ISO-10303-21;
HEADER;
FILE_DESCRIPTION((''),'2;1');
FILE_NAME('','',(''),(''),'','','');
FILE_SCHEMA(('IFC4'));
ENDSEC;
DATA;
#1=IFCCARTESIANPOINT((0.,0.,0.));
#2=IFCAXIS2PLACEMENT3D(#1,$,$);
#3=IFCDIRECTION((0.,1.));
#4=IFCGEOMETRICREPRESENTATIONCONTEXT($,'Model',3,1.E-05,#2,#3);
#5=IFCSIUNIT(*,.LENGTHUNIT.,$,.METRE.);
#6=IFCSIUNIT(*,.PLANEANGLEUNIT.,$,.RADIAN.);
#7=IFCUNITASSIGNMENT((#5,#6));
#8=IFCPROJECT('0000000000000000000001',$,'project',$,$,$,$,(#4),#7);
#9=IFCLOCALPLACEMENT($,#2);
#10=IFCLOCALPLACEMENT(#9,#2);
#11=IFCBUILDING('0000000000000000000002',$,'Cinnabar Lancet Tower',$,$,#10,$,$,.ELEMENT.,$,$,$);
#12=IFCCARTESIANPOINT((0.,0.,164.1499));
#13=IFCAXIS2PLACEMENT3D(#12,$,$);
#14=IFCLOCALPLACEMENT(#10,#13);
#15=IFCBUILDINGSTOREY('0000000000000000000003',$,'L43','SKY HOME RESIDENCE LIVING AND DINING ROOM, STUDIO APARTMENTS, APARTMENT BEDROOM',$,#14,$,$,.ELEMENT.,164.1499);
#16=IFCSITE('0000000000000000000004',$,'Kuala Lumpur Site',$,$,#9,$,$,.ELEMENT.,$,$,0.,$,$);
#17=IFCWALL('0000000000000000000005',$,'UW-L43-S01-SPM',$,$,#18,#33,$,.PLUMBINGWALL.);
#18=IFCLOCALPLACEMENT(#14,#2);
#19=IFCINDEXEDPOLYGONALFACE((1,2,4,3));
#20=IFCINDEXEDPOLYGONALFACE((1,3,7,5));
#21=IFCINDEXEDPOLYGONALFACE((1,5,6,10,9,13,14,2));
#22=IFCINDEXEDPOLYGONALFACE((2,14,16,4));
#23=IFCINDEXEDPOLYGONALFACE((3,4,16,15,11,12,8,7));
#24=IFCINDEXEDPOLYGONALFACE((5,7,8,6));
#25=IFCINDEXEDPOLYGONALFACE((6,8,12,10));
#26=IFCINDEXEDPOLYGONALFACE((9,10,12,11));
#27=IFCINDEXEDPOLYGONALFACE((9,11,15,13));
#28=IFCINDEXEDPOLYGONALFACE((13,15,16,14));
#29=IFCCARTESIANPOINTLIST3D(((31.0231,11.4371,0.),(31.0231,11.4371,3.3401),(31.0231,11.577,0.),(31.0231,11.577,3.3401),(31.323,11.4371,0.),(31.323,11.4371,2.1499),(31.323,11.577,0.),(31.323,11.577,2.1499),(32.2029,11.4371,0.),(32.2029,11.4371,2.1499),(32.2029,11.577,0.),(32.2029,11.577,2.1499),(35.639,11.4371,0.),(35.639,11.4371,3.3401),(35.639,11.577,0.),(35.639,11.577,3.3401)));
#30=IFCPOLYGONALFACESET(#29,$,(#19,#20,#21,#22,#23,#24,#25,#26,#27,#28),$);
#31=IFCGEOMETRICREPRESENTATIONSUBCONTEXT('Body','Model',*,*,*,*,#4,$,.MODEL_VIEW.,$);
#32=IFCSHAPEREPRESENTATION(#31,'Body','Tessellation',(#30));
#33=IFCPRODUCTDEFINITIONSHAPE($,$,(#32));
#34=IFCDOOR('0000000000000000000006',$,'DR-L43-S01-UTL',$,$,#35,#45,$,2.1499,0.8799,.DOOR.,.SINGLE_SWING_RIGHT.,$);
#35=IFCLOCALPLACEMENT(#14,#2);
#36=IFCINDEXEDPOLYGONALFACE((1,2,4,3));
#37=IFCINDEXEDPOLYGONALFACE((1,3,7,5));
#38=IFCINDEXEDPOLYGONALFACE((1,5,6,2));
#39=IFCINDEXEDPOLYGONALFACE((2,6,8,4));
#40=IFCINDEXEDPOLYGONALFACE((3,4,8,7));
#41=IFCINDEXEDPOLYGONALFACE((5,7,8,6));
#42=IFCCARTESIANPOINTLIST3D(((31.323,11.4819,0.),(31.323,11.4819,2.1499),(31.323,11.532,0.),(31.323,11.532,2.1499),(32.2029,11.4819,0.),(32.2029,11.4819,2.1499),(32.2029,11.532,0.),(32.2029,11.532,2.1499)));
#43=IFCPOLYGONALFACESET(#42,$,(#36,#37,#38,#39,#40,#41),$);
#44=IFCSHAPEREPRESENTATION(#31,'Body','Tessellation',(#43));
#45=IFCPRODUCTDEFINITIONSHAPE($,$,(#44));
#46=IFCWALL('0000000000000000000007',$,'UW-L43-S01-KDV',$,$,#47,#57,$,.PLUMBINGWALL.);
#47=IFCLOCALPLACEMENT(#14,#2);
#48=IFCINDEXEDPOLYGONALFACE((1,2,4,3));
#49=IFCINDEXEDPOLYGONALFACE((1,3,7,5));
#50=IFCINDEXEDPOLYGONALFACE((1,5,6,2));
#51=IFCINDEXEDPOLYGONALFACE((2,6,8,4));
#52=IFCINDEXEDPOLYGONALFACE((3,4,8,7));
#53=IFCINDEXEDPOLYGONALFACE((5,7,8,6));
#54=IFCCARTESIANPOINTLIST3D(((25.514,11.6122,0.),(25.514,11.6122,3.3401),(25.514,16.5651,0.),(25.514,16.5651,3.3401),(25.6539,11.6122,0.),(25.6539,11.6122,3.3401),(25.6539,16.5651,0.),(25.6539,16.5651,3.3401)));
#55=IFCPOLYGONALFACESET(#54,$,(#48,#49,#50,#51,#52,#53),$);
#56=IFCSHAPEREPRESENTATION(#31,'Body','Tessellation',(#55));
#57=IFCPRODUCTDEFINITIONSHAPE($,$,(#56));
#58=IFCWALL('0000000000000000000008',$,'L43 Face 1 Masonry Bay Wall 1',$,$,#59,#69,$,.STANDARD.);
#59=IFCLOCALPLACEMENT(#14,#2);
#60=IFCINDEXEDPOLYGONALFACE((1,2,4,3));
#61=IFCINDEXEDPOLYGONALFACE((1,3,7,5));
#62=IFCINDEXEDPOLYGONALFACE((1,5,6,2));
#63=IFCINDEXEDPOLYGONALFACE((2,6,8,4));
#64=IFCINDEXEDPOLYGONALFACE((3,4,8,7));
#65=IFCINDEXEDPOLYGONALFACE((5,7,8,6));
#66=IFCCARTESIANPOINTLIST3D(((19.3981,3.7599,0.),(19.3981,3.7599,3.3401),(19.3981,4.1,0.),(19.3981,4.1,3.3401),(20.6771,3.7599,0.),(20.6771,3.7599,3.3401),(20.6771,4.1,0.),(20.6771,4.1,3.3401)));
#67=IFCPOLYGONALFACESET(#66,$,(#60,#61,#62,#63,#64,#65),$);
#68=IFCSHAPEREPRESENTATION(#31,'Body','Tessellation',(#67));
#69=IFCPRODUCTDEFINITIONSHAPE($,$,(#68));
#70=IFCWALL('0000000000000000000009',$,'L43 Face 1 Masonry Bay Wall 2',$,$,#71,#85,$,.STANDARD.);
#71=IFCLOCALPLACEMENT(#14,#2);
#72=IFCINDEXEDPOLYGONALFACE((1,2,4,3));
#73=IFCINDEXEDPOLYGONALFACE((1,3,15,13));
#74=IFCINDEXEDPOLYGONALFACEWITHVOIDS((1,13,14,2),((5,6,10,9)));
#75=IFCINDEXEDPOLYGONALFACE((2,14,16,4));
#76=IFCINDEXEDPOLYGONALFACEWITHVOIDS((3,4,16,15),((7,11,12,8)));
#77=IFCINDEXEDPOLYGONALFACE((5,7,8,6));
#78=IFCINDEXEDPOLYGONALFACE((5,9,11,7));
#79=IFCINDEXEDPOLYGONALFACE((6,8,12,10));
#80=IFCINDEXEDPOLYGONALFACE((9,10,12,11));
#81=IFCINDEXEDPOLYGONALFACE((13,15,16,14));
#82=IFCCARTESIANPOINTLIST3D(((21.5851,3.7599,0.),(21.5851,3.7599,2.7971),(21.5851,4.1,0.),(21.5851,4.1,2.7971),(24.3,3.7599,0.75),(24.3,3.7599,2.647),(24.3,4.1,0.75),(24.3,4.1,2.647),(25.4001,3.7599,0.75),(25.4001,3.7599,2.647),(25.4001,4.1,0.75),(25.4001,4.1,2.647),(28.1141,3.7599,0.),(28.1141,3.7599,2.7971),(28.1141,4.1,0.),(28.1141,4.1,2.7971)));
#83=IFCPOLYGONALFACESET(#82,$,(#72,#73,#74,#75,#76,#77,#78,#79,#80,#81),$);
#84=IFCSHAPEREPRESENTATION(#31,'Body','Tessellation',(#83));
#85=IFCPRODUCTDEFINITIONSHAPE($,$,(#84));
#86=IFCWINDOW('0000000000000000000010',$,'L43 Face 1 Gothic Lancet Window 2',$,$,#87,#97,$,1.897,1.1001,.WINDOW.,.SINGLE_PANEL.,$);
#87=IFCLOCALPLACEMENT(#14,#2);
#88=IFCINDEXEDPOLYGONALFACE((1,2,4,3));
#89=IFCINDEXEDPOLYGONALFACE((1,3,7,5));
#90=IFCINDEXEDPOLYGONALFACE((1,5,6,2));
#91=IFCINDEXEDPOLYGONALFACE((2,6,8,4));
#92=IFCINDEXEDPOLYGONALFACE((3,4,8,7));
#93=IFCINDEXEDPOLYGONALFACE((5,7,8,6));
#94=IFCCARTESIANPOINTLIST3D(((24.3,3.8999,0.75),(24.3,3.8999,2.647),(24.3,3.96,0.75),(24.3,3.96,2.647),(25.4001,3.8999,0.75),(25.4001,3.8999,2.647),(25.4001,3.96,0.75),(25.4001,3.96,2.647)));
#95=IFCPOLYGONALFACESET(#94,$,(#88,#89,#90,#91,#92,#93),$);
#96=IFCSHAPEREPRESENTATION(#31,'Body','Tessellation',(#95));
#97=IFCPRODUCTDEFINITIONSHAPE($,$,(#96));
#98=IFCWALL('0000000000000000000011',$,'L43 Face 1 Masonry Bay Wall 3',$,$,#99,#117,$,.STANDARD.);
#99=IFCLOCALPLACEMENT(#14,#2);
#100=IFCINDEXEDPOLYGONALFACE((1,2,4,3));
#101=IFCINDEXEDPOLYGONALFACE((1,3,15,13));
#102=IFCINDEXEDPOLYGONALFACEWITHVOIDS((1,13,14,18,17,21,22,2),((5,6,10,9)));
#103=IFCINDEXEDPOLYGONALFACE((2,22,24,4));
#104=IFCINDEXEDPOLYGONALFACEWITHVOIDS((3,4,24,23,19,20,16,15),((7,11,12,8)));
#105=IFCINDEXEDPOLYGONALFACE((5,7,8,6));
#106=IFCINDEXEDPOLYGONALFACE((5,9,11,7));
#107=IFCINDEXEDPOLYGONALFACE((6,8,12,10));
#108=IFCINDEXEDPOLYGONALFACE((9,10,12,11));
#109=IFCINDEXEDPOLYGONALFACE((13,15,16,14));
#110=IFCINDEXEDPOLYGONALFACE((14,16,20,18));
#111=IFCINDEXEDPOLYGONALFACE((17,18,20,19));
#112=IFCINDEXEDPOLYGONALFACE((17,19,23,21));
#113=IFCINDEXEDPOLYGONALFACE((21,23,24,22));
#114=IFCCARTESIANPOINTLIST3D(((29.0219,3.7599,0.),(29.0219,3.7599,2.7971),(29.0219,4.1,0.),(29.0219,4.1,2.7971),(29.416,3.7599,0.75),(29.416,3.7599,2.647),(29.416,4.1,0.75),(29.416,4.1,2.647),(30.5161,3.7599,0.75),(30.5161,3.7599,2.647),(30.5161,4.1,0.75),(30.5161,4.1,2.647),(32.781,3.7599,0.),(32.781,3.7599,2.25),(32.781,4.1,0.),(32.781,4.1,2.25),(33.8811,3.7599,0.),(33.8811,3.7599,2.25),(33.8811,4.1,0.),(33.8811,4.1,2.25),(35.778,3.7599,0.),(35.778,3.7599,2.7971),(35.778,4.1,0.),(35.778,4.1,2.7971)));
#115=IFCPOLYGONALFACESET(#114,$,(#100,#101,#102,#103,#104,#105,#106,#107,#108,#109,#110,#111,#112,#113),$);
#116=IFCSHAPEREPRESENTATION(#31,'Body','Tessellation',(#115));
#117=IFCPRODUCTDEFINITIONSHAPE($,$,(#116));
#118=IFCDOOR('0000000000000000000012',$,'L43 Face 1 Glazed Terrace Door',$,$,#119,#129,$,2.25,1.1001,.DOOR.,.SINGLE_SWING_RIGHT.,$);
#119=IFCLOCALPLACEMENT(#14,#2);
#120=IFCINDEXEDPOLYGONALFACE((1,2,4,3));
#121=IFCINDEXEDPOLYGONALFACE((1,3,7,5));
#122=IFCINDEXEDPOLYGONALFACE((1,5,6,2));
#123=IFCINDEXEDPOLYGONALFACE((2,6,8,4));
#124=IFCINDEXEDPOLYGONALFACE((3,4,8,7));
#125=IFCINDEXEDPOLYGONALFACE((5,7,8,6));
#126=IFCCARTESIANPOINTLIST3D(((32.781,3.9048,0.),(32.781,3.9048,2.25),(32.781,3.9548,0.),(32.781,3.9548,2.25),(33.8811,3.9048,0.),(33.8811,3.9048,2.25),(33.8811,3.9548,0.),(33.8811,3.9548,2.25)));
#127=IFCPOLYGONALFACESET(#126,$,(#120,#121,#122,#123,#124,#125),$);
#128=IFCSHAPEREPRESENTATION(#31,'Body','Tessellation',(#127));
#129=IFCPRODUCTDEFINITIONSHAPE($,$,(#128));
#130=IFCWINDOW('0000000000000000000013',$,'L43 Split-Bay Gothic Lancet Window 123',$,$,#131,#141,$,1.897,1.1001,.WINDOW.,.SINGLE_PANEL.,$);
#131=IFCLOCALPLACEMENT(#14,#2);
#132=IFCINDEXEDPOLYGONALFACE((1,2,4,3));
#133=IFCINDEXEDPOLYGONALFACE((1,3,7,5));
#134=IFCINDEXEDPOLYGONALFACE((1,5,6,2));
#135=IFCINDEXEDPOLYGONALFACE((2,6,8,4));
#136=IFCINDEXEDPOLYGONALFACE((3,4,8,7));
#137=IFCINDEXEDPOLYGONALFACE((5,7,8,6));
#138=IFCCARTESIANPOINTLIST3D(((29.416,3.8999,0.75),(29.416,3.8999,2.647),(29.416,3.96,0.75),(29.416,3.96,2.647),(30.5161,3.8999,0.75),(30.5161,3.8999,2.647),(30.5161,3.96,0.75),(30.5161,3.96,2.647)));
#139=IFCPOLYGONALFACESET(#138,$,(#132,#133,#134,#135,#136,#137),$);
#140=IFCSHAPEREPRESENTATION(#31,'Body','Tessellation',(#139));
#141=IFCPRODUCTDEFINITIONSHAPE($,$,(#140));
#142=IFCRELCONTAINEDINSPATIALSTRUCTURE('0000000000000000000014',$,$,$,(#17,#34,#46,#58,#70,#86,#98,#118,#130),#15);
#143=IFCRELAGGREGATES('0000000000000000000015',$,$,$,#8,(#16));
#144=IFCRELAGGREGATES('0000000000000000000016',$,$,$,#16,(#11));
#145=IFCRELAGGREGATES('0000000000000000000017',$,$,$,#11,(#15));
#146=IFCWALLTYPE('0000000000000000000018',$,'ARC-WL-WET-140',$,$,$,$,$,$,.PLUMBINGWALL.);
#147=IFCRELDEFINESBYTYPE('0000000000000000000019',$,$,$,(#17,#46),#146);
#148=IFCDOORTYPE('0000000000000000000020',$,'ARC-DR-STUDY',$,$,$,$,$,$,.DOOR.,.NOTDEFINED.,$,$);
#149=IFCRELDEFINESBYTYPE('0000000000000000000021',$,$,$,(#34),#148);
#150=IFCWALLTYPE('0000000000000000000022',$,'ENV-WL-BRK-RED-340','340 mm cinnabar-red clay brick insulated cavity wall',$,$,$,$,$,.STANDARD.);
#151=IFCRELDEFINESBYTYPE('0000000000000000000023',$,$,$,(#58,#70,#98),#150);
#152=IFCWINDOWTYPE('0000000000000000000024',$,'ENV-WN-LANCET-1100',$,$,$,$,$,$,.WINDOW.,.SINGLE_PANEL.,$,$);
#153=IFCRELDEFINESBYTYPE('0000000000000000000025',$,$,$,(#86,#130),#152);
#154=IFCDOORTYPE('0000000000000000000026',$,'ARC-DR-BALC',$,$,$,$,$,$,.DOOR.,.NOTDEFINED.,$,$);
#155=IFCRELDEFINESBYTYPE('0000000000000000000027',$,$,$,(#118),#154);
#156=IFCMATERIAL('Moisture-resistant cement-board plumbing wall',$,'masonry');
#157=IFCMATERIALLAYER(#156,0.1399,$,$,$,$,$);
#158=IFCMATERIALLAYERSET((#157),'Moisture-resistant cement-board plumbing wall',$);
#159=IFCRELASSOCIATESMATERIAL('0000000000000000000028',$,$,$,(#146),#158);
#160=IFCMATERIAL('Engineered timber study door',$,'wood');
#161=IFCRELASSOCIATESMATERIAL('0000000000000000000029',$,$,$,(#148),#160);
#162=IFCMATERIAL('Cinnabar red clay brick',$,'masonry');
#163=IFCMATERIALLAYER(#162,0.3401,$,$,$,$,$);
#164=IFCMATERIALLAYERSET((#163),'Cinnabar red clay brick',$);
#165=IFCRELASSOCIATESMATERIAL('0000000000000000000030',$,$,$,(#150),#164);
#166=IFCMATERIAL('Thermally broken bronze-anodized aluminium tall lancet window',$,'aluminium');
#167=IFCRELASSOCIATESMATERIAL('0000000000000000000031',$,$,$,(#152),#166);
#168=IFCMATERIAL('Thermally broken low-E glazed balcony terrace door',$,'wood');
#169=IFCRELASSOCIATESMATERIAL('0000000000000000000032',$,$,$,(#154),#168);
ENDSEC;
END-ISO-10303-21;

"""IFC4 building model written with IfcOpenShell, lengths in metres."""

from ifc_helpers import new_model, si_unit, direction, frame, frame_2d, origin, place, context, subcontext, project, spatial, rectangle, extrude, material, layer, layer_set, type_object, element, fill, save


model = new_model("IFC4")

# Units and contexts
model_context = context("Model", 3, precision=1e-05, world=origin(), true_north=direction((0.0, 1.0)))
body_context = subcontext(model_context, "Body", "Model", "MODEL_VIEW")
ifc_project = project(units=[si_unit("LENGTHUNIT", "METRE"), si_unit("PLANEANGLEUNIT", "RADIAN")], contexts=[model_context])

# Site, building, storey
site_placement = place(None, origin())
site = spatial("IfcSite", under=ifc_project, at=site_placement, Name="Kuala Lumpur Site", CompositionType="ELEMENT", RefElevation=0.0)
building_placement = place(site_placement, origin())
building = spatial("IfcBuilding", under=site, at=building_placement, Name="Cinnabar Lancet Tower", CompositionType="ELEMENT")
storey_placement = place(building_placement, frame((0.0, 0.0, 164.1499)))
storey = spatial("IfcBuildingStorey", under=building, at=storey_placement, Name="L43", Description="SKY HOME RESIDENCE LIVING AND DINING ROOM, STUDIO APARTMENTS, APARTMENT BEDROOM", CompositionType="ELEMENT", Elevation=164.1499)

# Shared definitions
ifc_material_1 = material(Name="Moisture-resistant cement-board plumbing wall", Category="masonry")
ifc_layer_1 = layer(ifc_material_1, 0.1399)
ifc_layer_set_1 = layer_set([ifc_layer_1], Name="Moisture-resistant cement-board plumbing wall")
wall_type_1 = type_object("IfcWallType", Name="ARC-WL-WET-140", PredefinedType="PLUMBINGWALL", material=ifc_layer_set_1)
ifc_material_2 = material(Name="Engineered timber study door", Category="wood")
door_type_1 = type_object("IfcDoorType", Name="ARC-DR-STUDY", OperationType="NOTDEFINED", PredefinedType="DOOR", material=ifc_material_2)

# Wall, opening, door
wall_1_placement = place(storey_placement, frame((31.0229, 11.5071, 0.0), z_axis=(0.0, 0.0, 1.0), x_axis=(1.0, 0.0, 0.0)))
wall_1 = element("IfcWall", 1, at=wall_1_placement, inside=storey, type_object=wall_type_1, Name="UW-L43-S01-SPM", PredefinedType="PLUMBINGWALL", context=body_context, shape_type="SweptSolid", body=[
    extrude(rectangle(XDim=4.616, YDim=0.1399, at=frame_2d((2.3081, 0.0))), origin(), (0.0, 0.0, 1.0), 3.3401),
])
opening_1_placement = place(wall_1_placement, frame((0.3, 0.0, 0.0)))
opening_1 = element("IfcOpeningElement", 2, at=opening_1_placement, cuts=wall_1, PredefinedType="OPENING", context=body_context, shape_type="SweptSolid", body=[
    extrude(rectangle(XDim=0.8799, YDim=2.1499, at=frame_2d((0.4399, 1.075))), frame((0.0, 0.0798, 0.0), z_axis=(0.0, -1.0, 0.0), x_axis=(1.0, 0.0, 0.0)), (0.0, 0.0, 1.0), 0.1599),
])
door_1_placement = place(opening_1_placement, origin())
door_1 = element("IfcDoor", 3, at=door_1_placement, inside=storey, type_object=door_type_1, Name="DR-L43-S01-UTL", OperationType="SINGLE_SWING_RIGHT", OverallHeight=2.1499, OverallWidth=0.8799, PredefinedType="DOOR", context=body_context, shape_type="SweptSolid", body=[
    extrude(rectangle(XDim=0.8799, YDim=2.1499, at=frame_2d((0.4399, 1.075))), frame((0.0, 0.0249, 0.0), z_axis=(0.0, -1.0, 0.0), x_axis=(1.0, 0.0, 0.0)), (0.0, 0.0, 1.0), 0.05),
])
fill(opening_1, door_1)

# Walls
wall_2_placement = place(storey_placement, frame((25.584, 11.6121, 0.0), z_axis=(0.0, 0.0, 1.0), x_axis=(0.0, 1.0, 0.0)))
element("IfcWall", 4, at=wall_2_placement, inside=storey, type_object=wall_type_1, Name="UW-L43-S01-KDV", PredefinedType="PLUMBINGWALL", context=body_context, shape_type="SweptSolid", body=[
    extrude(rectangle(XDim=4.9529, YDim=0.1399, at=frame_2d((2.4766, 0.0))), origin(), (0.0, 0.0, 1.0), 3.3401),
])
ifc_material_3 = material(Name="Cinnabar red clay brick", Category="masonry")
ifc_layer_2 = layer(ifc_material_3, 0.3401)
ifc_layer_set_2 = layer_set([ifc_layer_2], Name="Cinnabar red clay brick")
wall_type_2 = type_object("IfcWallType", Name="ENV-WL-BRK-RED-340", Description="340 mm cinnabar-red clay brick insulated cavity wall", PredefinedType="STANDARD", material=ifc_layer_set_2)
wall_3_placement = place(storey_placement, frame((19.3979, 3.9299, 0.0), z_axis=(0.0, 0.0, 1.0), x_axis=(1.0, 0.0, 0.0)))
element("IfcWall", 5, at=wall_3_placement, inside=storey, type_object=wall_type_2, Name="L43 Face 1 Masonry Bay Wall 1", PredefinedType="STANDARD", context=body_context, shape_type="SweptSolid", body=[
    extrude(rectangle(XDim=1.2791, YDim=0.3401, at=frame_2d((0.6396, 0.0))), origin(), (0.0, 0.0, 1.0), 3.3401),
])

# Wall, opening, window
wall_4_placement = place(storey_placement, frame((21.585, 3.9299, 0.0), z_axis=(0.0, 0.0, 1.0), x_axis=(1.0, 0.0, 0.0)))
wall_4 = element("IfcWall", 6, at=wall_4_placement, inside=storey, type_object=wall_type_2, Name="L43 Face 1 Masonry Bay Wall 2", PredefinedType="STANDARD", context=body_context, shape_type="SweptSolid", body=[
    extrude(rectangle(XDim=6.5291, YDim=0.3401, at=frame_2d((3.2646, 0.0))), origin(), (0.0, 0.0, 1.0), 2.7971),
])
opening_2_placement = place(wall_4_placement, frame((2.7151, 0.0, 0.75)))
opening_2 = element("IfcOpeningElement", 7, at=opening_2_placement, cuts=wall_4, PredefinedType="OPENING", context=body_context, shape_type="SweptSolid", body=[
    extrude(rectangle(XDim=1.1001, YDim=1.897, at=frame_2d((0.55, 0.9485))), frame((0.0, 0.1799, 0.0), z_axis=(0.0, -1.0, 0.0), x_axis=(1.0, 0.0, 0.0)), (0.0, 0.0, 1.0), 0.3601),
])
ifc_material_4 = material(Name="Thermally broken bronze-anodized aluminium tall lancet window", Category="aluminium")
window_type = type_object("IfcWindowType", Name="ENV-WN-LANCET-1100", PartitioningType="SINGLE_PANEL", PredefinedType="WINDOW", material=ifc_material_4)
window_1_placement = place(opening_2_placement, origin())
window_1 = element("IfcWindow", 8, at=window_1_placement, inside=storey, type_object=window_type, Name="L43 Face 1 Gothic Lancet Window 2", OverallHeight=1.897, OverallWidth=1.1001, PartitioningType="SINGLE_PANEL", PredefinedType="WINDOW", context=body_context, shape_type="SweptSolid", body=[
    extrude(rectangle(XDim=1.1001, YDim=1.897, at=frame_2d((0.55, 0.9485))), frame((0.0, 0.03, 0.0), z_axis=(0.0, -1.0, 0.0), x_axis=(1.0, 0.0, 0.0)), (0.0, 0.0, 1.0), 0.0601),
])
fill(opening_2, window_1)

# Wall, openings, door, window
wall_5_placement = place(storey_placement, frame((29.022, 3.9299, 0.0), z_axis=(0.0, 0.0, 1.0), x_axis=(1.0, 0.0, 0.0)))
wall_5 = element("IfcWall", 9, at=wall_5_placement, inside=storey, type_object=wall_type_2, Name="L43 Face 1 Masonry Bay Wall 3", PredefinedType="STANDARD", context=body_context, shape_type="SweptSolid", body=[
    extrude(rectangle(XDim=6.7561, YDim=0.3401, at=frame_2d((3.3779, 0.0))), origin(), (0.0, 0.0, 1.0), 2.7971),
])
opening_3_placement = place(wall_5_placement, frame((3.759, 0.0, 0.0)))
opening_3 = element("IfcOpeningElement", 10, at=opening_3_placement, cuts=wall_5, PredefinedType="OPENING", context=body_context, shape_type="SweptSolid", body=[
    extrude(rectangle(XDim=1.1001, YDim=2.25, at=frame_2d((0.55, 1.125))), frame((0.0, 0.1799, 0.0), z_axis=(0.0, -1.0, 0.0), x_axis=(1.0, 0.0, 0.0)), (0.0, 0.0, 1.0), 0.3601),
])
opening_4_placement = place(wall_5_placement, frame((0.394, 0.0, 0.75)))
opening_4 = element("IfcOpeningElement", 11, at=opening_4_placement, cuts=wall_5, PredefinedType="OPENING", context=body_context, shape_type="SweptSolid", body=[
    extrude(rectangle(XDim=1.1001, YDim=1.897, at=frame_2d((0.55, 0.9485))), frame((0.0, 0.1799, 0.0), z_axis=(0.0, -1.0, 0.0), x_axis=(1.0, 0.0, 0.0)), (0.0, 0.0, 1.0), 0.3601),
])
ifc_material_5 = material(Name="Thermally broken low-E glazed balcony terrace door", Category="wood")
door_type_2 = type_object("IfcDoorType", Name="ARC-DR-BALC", OperationType="NOTDEFINED", PredefinedType="DOOR", material=ifc_material_5)
door_2_placement = place(opening_3_placement, origin())
door_2 = element("IfcDoor", 12, at=door_2_placement, inside=storey, type_object=door_type_2, Name="L43 Face 1 Glazed Terrace Door", OperationType="SINGLE_SWING_RIGHT", OverallHeight=2.25, OverallWidth=1.1001, PredefinedType="DOOR", context=body_context, shape_type="SweptSolid", body=[
    extrude(rectangle(XDim=1.1001, YDim=2.25, at=frame_2d((0.55, 1.125))), frame((0.0, 0.0249, 0.0), z_axis=(0.0, -1.0, 0.0), x_axis=(1.0, 0.0, 0.0)), (0.0, 0.0, 1.0), 0.05),
])
fill(opening_3, door_2)
window_2_placement = place(opening_4_placement, origin())
window_2 = element("IfcWindow", 13, at=window_2_placement, inside=storey, type_object=window_type, Name="L43 Split-Bay Gothic Lancet Window 123", OverallHeight=1.897, OverallWidth=1.1001, PartitioningType="SINGLE_PANEL", PredefinedType="WINDOW", context=body_context, shape_type="SweptSolid", body=[
    extrude(rectangle(XDim=1.1001, YDim=1.897, at=frame_2d((0.55, 0.9485))), frame((0.0, 0.03, 0.0), z_axis=(0.0, -1.0, 0.0), x_axis=(1.0, 0.0, 0.0)), (0.0, 0.0, 1.0), 0.0601),
])
fill(opening_4, window_2)

save(model, "model.ifc")
